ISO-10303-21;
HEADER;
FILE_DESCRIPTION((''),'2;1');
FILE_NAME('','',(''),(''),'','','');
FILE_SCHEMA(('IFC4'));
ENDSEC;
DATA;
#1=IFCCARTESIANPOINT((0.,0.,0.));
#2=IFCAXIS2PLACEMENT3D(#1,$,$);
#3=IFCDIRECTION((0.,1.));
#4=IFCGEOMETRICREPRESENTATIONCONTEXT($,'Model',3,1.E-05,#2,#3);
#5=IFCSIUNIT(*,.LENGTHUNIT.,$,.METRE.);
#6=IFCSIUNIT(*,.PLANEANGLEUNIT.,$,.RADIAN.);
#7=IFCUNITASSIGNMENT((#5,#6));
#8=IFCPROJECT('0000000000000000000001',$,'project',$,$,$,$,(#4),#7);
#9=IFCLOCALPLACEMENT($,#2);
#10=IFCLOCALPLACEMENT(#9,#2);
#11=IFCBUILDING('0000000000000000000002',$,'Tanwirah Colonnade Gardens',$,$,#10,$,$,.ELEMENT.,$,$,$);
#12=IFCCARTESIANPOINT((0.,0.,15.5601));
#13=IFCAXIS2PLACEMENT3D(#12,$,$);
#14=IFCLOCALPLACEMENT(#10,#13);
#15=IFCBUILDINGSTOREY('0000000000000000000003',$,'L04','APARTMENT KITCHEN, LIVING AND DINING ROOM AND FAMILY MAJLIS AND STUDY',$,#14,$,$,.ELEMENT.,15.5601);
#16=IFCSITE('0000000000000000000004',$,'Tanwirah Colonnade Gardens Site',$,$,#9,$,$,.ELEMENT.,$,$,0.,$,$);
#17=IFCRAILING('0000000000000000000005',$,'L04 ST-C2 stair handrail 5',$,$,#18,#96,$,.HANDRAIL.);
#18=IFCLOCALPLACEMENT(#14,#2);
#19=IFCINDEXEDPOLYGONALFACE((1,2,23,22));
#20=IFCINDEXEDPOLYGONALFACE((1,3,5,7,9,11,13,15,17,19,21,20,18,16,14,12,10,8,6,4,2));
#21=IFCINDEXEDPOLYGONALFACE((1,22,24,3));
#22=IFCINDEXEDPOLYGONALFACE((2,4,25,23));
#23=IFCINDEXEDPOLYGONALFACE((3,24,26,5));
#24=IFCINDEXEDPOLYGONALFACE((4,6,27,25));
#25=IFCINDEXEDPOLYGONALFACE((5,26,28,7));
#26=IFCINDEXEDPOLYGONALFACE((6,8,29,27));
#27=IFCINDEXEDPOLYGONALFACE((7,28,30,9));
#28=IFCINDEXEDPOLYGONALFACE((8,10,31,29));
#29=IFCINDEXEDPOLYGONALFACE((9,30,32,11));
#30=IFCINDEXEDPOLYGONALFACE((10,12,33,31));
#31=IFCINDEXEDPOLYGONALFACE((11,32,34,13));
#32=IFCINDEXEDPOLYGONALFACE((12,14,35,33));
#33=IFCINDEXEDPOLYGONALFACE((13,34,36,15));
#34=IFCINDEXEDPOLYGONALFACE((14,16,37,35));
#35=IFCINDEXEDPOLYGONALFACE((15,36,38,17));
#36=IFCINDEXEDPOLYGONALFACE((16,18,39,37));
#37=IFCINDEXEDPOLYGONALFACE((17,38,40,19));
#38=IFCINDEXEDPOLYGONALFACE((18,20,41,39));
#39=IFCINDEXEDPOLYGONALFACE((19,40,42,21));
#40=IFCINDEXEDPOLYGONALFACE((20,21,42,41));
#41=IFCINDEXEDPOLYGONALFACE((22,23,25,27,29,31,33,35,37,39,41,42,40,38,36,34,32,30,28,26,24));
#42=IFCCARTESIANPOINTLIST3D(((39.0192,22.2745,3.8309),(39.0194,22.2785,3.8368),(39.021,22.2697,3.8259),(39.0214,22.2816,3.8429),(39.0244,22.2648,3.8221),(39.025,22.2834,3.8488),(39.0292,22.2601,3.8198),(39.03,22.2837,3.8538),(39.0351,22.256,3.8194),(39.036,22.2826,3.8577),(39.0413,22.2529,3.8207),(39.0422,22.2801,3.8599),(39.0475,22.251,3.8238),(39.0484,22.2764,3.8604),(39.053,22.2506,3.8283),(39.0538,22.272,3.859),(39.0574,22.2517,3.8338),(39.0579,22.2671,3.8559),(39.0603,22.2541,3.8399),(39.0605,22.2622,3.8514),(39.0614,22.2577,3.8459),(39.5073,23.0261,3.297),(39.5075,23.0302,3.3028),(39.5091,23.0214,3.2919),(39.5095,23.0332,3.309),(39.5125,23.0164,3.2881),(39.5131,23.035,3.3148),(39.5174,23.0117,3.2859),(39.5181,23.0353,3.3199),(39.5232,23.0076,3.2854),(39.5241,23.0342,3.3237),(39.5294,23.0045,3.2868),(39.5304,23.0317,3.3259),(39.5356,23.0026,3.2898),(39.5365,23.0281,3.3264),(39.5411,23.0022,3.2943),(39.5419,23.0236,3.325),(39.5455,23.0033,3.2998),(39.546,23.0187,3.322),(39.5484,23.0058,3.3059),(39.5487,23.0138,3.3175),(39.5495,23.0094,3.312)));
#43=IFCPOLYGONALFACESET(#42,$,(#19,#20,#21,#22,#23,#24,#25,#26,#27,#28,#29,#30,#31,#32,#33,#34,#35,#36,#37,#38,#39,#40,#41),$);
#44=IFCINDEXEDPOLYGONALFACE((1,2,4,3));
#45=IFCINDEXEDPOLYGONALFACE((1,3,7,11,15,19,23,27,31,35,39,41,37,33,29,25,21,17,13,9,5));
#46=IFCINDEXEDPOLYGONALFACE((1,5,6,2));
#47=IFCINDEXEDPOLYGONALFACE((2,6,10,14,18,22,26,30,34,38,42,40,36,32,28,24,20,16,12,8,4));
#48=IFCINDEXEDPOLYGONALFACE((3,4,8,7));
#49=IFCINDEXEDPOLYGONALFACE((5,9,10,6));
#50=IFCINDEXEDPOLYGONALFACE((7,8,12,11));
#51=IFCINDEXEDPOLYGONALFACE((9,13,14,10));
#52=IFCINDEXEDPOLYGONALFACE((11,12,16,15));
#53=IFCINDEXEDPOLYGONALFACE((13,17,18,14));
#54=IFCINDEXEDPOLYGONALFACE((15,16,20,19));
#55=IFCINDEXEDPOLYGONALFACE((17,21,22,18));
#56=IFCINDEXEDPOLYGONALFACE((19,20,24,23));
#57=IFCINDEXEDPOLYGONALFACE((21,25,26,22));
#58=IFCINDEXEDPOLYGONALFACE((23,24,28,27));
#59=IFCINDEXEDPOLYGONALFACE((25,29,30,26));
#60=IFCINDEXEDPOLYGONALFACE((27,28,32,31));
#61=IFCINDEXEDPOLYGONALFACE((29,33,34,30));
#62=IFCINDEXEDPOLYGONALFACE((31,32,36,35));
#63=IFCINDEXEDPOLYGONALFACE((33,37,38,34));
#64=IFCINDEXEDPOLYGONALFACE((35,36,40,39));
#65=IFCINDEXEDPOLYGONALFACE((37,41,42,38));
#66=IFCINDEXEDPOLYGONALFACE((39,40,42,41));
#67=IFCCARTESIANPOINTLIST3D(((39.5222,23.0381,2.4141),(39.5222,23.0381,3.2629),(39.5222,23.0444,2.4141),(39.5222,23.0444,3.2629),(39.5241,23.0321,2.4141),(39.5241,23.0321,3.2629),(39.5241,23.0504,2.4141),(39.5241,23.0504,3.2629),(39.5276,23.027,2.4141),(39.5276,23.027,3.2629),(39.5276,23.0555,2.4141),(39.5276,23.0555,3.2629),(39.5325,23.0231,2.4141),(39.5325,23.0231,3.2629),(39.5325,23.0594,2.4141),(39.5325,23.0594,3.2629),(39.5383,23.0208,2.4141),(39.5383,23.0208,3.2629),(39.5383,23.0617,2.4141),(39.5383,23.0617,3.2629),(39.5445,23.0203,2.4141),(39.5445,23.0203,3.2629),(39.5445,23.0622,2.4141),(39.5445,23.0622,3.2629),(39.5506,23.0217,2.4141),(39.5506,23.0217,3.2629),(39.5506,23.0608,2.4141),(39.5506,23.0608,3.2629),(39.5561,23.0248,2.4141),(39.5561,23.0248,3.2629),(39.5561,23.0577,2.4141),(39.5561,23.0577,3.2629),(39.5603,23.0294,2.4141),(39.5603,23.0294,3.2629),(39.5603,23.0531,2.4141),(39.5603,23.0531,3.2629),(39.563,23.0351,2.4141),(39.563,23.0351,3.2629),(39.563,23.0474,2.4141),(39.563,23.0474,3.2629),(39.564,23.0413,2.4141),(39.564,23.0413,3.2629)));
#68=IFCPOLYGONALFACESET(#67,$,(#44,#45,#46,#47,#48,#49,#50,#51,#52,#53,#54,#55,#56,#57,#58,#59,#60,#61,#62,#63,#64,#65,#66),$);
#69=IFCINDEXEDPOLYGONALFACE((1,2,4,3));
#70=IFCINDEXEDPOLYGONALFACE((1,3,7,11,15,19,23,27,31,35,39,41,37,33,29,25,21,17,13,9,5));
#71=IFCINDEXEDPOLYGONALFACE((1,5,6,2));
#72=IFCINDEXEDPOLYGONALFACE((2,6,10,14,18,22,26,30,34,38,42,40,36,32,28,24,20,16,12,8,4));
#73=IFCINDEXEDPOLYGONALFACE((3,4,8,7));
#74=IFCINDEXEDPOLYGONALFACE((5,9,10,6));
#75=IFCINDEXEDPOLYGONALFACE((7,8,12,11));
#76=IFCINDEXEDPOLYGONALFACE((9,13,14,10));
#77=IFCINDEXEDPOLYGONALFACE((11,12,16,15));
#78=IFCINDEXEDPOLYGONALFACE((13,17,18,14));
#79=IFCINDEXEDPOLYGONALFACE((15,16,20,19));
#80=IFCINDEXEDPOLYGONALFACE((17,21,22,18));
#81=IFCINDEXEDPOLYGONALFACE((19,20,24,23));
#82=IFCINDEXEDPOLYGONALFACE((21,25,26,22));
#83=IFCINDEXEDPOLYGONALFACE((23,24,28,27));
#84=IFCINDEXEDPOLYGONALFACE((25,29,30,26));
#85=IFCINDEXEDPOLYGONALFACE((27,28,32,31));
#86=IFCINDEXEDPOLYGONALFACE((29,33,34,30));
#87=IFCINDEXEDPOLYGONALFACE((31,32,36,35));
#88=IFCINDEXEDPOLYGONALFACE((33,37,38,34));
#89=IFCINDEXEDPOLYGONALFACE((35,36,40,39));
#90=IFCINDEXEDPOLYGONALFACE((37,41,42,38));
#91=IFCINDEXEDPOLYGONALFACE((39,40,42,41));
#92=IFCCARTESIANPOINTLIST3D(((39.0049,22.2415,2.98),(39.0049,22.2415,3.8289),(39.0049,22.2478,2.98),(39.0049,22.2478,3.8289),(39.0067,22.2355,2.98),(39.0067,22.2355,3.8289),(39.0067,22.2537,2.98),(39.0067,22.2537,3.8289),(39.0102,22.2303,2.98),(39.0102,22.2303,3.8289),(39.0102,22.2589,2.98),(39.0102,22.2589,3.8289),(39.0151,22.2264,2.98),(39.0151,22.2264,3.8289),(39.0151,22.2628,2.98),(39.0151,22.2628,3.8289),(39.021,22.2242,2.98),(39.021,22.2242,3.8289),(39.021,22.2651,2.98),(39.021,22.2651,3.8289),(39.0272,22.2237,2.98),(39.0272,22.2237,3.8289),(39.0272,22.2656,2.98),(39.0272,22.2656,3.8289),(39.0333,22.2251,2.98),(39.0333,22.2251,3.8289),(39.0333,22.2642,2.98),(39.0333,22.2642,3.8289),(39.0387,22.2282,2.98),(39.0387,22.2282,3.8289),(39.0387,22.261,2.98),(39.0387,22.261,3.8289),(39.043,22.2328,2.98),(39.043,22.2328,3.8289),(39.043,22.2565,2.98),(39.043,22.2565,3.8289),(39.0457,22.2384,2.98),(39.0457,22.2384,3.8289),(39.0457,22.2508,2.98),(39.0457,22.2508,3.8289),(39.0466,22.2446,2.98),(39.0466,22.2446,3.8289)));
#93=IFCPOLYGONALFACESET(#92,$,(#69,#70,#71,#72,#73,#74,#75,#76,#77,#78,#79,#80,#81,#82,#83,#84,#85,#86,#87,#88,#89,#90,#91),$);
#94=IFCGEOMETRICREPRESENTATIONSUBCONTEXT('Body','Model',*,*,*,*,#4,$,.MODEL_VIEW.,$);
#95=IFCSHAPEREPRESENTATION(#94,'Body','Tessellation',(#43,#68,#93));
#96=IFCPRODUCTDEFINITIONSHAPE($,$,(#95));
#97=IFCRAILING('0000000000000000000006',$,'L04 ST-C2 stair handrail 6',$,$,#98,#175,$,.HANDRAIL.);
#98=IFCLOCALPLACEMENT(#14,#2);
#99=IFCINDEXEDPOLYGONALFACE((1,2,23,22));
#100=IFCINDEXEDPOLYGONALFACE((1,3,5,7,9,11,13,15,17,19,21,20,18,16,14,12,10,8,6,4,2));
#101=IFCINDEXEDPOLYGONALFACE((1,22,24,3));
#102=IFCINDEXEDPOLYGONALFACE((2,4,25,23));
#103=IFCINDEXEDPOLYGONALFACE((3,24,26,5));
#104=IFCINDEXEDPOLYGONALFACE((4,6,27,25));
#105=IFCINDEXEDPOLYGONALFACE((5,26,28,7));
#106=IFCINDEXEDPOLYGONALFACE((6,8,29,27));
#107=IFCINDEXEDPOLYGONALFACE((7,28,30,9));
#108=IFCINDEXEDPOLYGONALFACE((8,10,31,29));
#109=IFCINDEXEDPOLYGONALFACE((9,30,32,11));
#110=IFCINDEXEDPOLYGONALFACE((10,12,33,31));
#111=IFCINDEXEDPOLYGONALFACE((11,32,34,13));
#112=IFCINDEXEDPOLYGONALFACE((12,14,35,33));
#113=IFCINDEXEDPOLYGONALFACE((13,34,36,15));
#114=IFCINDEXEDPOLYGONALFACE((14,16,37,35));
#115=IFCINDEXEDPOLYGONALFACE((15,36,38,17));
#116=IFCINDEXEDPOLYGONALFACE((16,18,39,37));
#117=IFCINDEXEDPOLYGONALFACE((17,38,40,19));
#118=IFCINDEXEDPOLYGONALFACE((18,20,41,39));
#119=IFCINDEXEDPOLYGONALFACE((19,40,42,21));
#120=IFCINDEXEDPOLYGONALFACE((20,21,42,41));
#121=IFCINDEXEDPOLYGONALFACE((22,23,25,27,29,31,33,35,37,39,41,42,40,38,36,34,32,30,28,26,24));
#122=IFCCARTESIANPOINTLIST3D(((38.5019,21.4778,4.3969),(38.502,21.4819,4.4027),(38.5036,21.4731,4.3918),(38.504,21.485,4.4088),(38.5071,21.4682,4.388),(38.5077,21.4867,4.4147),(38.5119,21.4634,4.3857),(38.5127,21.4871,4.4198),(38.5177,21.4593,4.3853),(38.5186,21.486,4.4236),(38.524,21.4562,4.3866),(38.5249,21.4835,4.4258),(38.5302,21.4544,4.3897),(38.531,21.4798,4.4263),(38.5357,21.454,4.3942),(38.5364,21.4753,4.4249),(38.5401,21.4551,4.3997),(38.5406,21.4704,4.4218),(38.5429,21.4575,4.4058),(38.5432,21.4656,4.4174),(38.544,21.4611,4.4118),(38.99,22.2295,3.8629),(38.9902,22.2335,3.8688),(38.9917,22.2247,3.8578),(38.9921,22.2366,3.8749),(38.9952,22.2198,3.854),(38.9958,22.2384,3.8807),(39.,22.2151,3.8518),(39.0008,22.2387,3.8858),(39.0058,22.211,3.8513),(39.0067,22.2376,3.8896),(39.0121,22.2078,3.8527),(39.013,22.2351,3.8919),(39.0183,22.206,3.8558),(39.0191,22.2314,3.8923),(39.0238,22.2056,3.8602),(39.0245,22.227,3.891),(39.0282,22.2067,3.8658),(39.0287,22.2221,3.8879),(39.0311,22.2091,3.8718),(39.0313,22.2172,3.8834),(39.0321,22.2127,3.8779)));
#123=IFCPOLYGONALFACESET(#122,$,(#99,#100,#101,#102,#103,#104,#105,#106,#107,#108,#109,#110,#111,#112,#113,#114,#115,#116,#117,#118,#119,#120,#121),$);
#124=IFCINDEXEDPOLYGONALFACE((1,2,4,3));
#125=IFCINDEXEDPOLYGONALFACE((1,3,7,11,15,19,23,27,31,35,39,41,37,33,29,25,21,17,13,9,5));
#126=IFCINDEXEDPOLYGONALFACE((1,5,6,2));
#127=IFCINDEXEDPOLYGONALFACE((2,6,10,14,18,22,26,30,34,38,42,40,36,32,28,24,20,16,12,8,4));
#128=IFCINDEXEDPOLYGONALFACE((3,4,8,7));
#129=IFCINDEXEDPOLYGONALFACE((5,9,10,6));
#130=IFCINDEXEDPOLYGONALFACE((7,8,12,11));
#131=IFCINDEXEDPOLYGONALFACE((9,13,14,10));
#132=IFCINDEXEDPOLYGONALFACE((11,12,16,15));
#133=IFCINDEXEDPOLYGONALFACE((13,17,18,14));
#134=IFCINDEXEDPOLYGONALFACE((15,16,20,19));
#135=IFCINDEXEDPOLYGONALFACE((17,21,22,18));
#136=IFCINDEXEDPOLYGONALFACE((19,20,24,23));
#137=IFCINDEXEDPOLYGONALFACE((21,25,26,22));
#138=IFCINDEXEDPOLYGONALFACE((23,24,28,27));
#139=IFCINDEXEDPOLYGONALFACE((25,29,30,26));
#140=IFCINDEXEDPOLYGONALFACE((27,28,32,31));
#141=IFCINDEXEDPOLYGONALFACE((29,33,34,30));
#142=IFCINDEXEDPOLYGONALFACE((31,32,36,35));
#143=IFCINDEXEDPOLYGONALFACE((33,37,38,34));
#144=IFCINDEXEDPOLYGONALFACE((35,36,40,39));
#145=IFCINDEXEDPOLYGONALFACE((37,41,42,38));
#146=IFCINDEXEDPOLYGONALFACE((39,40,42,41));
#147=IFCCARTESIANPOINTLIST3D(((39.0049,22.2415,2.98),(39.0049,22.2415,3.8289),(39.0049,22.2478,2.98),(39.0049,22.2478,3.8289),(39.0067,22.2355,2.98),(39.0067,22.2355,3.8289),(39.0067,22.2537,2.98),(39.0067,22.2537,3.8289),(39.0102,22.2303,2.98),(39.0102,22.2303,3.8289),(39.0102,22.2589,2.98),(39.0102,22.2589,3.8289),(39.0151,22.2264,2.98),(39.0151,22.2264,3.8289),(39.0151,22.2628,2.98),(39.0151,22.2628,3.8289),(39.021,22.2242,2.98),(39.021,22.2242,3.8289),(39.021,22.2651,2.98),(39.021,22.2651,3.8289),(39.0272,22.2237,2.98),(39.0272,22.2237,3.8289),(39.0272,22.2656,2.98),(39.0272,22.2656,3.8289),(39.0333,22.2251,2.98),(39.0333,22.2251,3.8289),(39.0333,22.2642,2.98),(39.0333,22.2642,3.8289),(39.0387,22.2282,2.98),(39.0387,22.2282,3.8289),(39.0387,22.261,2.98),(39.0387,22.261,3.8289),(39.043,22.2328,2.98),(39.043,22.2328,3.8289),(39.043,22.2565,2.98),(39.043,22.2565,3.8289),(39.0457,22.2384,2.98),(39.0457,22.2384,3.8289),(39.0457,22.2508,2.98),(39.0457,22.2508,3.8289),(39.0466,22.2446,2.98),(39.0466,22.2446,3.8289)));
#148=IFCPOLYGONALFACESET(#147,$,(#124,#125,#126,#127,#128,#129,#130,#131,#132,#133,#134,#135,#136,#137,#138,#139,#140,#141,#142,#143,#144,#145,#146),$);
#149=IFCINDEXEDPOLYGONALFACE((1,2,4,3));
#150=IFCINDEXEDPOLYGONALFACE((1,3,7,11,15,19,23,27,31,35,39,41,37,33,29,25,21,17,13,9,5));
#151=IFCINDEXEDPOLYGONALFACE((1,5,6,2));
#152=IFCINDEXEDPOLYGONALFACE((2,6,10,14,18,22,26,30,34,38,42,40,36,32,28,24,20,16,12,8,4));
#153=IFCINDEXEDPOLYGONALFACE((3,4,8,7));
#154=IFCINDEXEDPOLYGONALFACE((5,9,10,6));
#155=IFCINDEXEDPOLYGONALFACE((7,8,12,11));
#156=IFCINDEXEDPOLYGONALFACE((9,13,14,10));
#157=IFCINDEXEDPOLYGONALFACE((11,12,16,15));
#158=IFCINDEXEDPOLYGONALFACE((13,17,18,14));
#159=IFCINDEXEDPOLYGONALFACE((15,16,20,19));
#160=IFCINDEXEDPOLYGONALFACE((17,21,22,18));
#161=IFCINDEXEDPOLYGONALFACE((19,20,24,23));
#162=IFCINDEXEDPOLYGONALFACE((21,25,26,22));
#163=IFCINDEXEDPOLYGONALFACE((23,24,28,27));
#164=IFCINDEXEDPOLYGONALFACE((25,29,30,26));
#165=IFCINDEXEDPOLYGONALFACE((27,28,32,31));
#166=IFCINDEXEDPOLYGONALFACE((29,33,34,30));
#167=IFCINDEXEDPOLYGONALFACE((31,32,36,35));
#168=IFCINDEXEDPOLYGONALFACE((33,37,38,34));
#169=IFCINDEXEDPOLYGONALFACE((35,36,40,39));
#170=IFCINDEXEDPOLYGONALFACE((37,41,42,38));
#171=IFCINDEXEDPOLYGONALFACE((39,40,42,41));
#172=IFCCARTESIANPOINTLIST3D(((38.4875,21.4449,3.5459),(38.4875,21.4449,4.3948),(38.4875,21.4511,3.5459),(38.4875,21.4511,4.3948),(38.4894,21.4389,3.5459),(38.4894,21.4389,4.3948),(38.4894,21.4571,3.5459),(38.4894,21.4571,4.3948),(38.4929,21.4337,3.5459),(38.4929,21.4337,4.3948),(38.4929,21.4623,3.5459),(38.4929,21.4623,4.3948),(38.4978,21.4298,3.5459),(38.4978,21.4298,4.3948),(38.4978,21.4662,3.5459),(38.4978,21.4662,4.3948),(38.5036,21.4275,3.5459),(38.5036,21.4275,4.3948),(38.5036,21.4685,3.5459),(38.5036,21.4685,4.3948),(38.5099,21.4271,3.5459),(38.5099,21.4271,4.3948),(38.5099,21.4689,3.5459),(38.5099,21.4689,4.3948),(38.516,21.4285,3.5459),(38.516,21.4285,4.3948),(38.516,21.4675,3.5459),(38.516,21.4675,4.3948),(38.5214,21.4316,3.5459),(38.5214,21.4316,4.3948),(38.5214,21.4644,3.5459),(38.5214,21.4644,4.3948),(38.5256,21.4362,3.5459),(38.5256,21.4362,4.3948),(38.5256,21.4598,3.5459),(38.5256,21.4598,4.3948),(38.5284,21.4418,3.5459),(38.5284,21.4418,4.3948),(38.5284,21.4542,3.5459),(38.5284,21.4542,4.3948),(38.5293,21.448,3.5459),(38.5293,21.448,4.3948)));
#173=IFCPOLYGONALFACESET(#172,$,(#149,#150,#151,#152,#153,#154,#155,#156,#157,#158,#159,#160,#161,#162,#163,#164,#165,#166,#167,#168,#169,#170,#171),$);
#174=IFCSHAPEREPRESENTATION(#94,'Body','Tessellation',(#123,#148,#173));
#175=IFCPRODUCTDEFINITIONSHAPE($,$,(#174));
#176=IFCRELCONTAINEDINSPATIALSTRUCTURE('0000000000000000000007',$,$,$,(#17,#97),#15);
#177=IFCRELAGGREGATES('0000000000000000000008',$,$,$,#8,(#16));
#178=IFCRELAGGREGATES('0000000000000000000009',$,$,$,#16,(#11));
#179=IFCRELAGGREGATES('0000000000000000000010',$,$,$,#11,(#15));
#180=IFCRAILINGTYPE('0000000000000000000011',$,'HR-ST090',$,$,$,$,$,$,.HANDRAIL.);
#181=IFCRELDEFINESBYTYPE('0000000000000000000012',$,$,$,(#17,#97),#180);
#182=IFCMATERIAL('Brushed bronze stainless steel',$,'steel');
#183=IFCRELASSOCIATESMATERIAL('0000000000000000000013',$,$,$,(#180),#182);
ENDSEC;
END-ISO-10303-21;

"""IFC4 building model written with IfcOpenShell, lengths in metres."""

from ifc_helpers import new_model, si_unit, direction, frame, origin, origin_2d, place, context, subcontext, project, spatial, circle, extrude, material, type_object, element, save


model = new_model("IFC4")

# Units and contexts
model_context = context("Model", 3, precision=1e-05, world=origin(), true_north=direction((0.0, 1.0)))
body_context = subcontext(model_context, "Body", "Model", "MODEL_VIEW")
ifc_project = project(units=[si_unit("LENGTHUNIT", "METRE"), si_unit("PLANEANGLEUNIT", "RADIAN")], contexts=[model_context])

# Site, building, storey
site_placement = place(None, origin())
site = spatial("IfcSite", under=ifc_project, at=site_placement, Name="Tanwirah Colonnade Gardens Site", CompositionType="ELEMENT", RefElevation=0.0)
building_placement = place(site_placement, origin())
building = spatial("IfcBuilding", under=site, at=building_placement, Name="Tanwirah Colonnade Gardens", CompositionType="ELEMENT")
storey_placement = place(building_placement, frame((0.0, 0.0, 15.5601)))
storey = spatial("IfcBuildingStorey", under=building, at=storey_placement, Name="L04", Description="APARTMENT KITCHEN, LIVING AND DINING ROOM AND FAMILY MAJLIS AND STUDY", CompositionType="ELEMENT", Elevation=15.5601)

# Railings
ifc_material_1 = material(Name="Brushed bronze stainless steel", Category="steel")
railing_type = type_object("IfcRailingType", Name="HR-ST090", PredefinedType="HANDRAIL", material=ifc_material_1)
for number, where, name in (
    (1, (39.543, 23.0413, 2.4141), "L04 ST-C2 stair handrail 5"),
    (2, (39.0256, 22.2446, 2.98), "L04 ST-C2 stair handrail 6"),
):
    element("IfcRailing", number, at=place(storey_placement, frame(where)), inside=storey, type_object=railing_type, Name=name, PredefinedType="HANDRAIL", context=body_context, shape_type="SweptSolid", body=[
        extrude(circle(Radius=0.0239, at=origin_2d()), frame((-0.0146, -0.0225, 0.8918), z_axis=(-0.46789, -0.720492, 0.51183), x_axis=(0.838673, -0.544636, 0.0)), (0.0, 0.0, 1.0), 1.0432),
        extrude(circle(Radius=0.021, at=origin_2d()), origin(), (0.0, 0.0, 1.0), 0.8489),
        extrude(circle(Radius=0.021, at=origin_2d()), frame((-0.5173, -0.7966, 0.5659)), (0.0, 0.0, 1.0), 0.8489),
    ])

save(model, "model.ifc")
